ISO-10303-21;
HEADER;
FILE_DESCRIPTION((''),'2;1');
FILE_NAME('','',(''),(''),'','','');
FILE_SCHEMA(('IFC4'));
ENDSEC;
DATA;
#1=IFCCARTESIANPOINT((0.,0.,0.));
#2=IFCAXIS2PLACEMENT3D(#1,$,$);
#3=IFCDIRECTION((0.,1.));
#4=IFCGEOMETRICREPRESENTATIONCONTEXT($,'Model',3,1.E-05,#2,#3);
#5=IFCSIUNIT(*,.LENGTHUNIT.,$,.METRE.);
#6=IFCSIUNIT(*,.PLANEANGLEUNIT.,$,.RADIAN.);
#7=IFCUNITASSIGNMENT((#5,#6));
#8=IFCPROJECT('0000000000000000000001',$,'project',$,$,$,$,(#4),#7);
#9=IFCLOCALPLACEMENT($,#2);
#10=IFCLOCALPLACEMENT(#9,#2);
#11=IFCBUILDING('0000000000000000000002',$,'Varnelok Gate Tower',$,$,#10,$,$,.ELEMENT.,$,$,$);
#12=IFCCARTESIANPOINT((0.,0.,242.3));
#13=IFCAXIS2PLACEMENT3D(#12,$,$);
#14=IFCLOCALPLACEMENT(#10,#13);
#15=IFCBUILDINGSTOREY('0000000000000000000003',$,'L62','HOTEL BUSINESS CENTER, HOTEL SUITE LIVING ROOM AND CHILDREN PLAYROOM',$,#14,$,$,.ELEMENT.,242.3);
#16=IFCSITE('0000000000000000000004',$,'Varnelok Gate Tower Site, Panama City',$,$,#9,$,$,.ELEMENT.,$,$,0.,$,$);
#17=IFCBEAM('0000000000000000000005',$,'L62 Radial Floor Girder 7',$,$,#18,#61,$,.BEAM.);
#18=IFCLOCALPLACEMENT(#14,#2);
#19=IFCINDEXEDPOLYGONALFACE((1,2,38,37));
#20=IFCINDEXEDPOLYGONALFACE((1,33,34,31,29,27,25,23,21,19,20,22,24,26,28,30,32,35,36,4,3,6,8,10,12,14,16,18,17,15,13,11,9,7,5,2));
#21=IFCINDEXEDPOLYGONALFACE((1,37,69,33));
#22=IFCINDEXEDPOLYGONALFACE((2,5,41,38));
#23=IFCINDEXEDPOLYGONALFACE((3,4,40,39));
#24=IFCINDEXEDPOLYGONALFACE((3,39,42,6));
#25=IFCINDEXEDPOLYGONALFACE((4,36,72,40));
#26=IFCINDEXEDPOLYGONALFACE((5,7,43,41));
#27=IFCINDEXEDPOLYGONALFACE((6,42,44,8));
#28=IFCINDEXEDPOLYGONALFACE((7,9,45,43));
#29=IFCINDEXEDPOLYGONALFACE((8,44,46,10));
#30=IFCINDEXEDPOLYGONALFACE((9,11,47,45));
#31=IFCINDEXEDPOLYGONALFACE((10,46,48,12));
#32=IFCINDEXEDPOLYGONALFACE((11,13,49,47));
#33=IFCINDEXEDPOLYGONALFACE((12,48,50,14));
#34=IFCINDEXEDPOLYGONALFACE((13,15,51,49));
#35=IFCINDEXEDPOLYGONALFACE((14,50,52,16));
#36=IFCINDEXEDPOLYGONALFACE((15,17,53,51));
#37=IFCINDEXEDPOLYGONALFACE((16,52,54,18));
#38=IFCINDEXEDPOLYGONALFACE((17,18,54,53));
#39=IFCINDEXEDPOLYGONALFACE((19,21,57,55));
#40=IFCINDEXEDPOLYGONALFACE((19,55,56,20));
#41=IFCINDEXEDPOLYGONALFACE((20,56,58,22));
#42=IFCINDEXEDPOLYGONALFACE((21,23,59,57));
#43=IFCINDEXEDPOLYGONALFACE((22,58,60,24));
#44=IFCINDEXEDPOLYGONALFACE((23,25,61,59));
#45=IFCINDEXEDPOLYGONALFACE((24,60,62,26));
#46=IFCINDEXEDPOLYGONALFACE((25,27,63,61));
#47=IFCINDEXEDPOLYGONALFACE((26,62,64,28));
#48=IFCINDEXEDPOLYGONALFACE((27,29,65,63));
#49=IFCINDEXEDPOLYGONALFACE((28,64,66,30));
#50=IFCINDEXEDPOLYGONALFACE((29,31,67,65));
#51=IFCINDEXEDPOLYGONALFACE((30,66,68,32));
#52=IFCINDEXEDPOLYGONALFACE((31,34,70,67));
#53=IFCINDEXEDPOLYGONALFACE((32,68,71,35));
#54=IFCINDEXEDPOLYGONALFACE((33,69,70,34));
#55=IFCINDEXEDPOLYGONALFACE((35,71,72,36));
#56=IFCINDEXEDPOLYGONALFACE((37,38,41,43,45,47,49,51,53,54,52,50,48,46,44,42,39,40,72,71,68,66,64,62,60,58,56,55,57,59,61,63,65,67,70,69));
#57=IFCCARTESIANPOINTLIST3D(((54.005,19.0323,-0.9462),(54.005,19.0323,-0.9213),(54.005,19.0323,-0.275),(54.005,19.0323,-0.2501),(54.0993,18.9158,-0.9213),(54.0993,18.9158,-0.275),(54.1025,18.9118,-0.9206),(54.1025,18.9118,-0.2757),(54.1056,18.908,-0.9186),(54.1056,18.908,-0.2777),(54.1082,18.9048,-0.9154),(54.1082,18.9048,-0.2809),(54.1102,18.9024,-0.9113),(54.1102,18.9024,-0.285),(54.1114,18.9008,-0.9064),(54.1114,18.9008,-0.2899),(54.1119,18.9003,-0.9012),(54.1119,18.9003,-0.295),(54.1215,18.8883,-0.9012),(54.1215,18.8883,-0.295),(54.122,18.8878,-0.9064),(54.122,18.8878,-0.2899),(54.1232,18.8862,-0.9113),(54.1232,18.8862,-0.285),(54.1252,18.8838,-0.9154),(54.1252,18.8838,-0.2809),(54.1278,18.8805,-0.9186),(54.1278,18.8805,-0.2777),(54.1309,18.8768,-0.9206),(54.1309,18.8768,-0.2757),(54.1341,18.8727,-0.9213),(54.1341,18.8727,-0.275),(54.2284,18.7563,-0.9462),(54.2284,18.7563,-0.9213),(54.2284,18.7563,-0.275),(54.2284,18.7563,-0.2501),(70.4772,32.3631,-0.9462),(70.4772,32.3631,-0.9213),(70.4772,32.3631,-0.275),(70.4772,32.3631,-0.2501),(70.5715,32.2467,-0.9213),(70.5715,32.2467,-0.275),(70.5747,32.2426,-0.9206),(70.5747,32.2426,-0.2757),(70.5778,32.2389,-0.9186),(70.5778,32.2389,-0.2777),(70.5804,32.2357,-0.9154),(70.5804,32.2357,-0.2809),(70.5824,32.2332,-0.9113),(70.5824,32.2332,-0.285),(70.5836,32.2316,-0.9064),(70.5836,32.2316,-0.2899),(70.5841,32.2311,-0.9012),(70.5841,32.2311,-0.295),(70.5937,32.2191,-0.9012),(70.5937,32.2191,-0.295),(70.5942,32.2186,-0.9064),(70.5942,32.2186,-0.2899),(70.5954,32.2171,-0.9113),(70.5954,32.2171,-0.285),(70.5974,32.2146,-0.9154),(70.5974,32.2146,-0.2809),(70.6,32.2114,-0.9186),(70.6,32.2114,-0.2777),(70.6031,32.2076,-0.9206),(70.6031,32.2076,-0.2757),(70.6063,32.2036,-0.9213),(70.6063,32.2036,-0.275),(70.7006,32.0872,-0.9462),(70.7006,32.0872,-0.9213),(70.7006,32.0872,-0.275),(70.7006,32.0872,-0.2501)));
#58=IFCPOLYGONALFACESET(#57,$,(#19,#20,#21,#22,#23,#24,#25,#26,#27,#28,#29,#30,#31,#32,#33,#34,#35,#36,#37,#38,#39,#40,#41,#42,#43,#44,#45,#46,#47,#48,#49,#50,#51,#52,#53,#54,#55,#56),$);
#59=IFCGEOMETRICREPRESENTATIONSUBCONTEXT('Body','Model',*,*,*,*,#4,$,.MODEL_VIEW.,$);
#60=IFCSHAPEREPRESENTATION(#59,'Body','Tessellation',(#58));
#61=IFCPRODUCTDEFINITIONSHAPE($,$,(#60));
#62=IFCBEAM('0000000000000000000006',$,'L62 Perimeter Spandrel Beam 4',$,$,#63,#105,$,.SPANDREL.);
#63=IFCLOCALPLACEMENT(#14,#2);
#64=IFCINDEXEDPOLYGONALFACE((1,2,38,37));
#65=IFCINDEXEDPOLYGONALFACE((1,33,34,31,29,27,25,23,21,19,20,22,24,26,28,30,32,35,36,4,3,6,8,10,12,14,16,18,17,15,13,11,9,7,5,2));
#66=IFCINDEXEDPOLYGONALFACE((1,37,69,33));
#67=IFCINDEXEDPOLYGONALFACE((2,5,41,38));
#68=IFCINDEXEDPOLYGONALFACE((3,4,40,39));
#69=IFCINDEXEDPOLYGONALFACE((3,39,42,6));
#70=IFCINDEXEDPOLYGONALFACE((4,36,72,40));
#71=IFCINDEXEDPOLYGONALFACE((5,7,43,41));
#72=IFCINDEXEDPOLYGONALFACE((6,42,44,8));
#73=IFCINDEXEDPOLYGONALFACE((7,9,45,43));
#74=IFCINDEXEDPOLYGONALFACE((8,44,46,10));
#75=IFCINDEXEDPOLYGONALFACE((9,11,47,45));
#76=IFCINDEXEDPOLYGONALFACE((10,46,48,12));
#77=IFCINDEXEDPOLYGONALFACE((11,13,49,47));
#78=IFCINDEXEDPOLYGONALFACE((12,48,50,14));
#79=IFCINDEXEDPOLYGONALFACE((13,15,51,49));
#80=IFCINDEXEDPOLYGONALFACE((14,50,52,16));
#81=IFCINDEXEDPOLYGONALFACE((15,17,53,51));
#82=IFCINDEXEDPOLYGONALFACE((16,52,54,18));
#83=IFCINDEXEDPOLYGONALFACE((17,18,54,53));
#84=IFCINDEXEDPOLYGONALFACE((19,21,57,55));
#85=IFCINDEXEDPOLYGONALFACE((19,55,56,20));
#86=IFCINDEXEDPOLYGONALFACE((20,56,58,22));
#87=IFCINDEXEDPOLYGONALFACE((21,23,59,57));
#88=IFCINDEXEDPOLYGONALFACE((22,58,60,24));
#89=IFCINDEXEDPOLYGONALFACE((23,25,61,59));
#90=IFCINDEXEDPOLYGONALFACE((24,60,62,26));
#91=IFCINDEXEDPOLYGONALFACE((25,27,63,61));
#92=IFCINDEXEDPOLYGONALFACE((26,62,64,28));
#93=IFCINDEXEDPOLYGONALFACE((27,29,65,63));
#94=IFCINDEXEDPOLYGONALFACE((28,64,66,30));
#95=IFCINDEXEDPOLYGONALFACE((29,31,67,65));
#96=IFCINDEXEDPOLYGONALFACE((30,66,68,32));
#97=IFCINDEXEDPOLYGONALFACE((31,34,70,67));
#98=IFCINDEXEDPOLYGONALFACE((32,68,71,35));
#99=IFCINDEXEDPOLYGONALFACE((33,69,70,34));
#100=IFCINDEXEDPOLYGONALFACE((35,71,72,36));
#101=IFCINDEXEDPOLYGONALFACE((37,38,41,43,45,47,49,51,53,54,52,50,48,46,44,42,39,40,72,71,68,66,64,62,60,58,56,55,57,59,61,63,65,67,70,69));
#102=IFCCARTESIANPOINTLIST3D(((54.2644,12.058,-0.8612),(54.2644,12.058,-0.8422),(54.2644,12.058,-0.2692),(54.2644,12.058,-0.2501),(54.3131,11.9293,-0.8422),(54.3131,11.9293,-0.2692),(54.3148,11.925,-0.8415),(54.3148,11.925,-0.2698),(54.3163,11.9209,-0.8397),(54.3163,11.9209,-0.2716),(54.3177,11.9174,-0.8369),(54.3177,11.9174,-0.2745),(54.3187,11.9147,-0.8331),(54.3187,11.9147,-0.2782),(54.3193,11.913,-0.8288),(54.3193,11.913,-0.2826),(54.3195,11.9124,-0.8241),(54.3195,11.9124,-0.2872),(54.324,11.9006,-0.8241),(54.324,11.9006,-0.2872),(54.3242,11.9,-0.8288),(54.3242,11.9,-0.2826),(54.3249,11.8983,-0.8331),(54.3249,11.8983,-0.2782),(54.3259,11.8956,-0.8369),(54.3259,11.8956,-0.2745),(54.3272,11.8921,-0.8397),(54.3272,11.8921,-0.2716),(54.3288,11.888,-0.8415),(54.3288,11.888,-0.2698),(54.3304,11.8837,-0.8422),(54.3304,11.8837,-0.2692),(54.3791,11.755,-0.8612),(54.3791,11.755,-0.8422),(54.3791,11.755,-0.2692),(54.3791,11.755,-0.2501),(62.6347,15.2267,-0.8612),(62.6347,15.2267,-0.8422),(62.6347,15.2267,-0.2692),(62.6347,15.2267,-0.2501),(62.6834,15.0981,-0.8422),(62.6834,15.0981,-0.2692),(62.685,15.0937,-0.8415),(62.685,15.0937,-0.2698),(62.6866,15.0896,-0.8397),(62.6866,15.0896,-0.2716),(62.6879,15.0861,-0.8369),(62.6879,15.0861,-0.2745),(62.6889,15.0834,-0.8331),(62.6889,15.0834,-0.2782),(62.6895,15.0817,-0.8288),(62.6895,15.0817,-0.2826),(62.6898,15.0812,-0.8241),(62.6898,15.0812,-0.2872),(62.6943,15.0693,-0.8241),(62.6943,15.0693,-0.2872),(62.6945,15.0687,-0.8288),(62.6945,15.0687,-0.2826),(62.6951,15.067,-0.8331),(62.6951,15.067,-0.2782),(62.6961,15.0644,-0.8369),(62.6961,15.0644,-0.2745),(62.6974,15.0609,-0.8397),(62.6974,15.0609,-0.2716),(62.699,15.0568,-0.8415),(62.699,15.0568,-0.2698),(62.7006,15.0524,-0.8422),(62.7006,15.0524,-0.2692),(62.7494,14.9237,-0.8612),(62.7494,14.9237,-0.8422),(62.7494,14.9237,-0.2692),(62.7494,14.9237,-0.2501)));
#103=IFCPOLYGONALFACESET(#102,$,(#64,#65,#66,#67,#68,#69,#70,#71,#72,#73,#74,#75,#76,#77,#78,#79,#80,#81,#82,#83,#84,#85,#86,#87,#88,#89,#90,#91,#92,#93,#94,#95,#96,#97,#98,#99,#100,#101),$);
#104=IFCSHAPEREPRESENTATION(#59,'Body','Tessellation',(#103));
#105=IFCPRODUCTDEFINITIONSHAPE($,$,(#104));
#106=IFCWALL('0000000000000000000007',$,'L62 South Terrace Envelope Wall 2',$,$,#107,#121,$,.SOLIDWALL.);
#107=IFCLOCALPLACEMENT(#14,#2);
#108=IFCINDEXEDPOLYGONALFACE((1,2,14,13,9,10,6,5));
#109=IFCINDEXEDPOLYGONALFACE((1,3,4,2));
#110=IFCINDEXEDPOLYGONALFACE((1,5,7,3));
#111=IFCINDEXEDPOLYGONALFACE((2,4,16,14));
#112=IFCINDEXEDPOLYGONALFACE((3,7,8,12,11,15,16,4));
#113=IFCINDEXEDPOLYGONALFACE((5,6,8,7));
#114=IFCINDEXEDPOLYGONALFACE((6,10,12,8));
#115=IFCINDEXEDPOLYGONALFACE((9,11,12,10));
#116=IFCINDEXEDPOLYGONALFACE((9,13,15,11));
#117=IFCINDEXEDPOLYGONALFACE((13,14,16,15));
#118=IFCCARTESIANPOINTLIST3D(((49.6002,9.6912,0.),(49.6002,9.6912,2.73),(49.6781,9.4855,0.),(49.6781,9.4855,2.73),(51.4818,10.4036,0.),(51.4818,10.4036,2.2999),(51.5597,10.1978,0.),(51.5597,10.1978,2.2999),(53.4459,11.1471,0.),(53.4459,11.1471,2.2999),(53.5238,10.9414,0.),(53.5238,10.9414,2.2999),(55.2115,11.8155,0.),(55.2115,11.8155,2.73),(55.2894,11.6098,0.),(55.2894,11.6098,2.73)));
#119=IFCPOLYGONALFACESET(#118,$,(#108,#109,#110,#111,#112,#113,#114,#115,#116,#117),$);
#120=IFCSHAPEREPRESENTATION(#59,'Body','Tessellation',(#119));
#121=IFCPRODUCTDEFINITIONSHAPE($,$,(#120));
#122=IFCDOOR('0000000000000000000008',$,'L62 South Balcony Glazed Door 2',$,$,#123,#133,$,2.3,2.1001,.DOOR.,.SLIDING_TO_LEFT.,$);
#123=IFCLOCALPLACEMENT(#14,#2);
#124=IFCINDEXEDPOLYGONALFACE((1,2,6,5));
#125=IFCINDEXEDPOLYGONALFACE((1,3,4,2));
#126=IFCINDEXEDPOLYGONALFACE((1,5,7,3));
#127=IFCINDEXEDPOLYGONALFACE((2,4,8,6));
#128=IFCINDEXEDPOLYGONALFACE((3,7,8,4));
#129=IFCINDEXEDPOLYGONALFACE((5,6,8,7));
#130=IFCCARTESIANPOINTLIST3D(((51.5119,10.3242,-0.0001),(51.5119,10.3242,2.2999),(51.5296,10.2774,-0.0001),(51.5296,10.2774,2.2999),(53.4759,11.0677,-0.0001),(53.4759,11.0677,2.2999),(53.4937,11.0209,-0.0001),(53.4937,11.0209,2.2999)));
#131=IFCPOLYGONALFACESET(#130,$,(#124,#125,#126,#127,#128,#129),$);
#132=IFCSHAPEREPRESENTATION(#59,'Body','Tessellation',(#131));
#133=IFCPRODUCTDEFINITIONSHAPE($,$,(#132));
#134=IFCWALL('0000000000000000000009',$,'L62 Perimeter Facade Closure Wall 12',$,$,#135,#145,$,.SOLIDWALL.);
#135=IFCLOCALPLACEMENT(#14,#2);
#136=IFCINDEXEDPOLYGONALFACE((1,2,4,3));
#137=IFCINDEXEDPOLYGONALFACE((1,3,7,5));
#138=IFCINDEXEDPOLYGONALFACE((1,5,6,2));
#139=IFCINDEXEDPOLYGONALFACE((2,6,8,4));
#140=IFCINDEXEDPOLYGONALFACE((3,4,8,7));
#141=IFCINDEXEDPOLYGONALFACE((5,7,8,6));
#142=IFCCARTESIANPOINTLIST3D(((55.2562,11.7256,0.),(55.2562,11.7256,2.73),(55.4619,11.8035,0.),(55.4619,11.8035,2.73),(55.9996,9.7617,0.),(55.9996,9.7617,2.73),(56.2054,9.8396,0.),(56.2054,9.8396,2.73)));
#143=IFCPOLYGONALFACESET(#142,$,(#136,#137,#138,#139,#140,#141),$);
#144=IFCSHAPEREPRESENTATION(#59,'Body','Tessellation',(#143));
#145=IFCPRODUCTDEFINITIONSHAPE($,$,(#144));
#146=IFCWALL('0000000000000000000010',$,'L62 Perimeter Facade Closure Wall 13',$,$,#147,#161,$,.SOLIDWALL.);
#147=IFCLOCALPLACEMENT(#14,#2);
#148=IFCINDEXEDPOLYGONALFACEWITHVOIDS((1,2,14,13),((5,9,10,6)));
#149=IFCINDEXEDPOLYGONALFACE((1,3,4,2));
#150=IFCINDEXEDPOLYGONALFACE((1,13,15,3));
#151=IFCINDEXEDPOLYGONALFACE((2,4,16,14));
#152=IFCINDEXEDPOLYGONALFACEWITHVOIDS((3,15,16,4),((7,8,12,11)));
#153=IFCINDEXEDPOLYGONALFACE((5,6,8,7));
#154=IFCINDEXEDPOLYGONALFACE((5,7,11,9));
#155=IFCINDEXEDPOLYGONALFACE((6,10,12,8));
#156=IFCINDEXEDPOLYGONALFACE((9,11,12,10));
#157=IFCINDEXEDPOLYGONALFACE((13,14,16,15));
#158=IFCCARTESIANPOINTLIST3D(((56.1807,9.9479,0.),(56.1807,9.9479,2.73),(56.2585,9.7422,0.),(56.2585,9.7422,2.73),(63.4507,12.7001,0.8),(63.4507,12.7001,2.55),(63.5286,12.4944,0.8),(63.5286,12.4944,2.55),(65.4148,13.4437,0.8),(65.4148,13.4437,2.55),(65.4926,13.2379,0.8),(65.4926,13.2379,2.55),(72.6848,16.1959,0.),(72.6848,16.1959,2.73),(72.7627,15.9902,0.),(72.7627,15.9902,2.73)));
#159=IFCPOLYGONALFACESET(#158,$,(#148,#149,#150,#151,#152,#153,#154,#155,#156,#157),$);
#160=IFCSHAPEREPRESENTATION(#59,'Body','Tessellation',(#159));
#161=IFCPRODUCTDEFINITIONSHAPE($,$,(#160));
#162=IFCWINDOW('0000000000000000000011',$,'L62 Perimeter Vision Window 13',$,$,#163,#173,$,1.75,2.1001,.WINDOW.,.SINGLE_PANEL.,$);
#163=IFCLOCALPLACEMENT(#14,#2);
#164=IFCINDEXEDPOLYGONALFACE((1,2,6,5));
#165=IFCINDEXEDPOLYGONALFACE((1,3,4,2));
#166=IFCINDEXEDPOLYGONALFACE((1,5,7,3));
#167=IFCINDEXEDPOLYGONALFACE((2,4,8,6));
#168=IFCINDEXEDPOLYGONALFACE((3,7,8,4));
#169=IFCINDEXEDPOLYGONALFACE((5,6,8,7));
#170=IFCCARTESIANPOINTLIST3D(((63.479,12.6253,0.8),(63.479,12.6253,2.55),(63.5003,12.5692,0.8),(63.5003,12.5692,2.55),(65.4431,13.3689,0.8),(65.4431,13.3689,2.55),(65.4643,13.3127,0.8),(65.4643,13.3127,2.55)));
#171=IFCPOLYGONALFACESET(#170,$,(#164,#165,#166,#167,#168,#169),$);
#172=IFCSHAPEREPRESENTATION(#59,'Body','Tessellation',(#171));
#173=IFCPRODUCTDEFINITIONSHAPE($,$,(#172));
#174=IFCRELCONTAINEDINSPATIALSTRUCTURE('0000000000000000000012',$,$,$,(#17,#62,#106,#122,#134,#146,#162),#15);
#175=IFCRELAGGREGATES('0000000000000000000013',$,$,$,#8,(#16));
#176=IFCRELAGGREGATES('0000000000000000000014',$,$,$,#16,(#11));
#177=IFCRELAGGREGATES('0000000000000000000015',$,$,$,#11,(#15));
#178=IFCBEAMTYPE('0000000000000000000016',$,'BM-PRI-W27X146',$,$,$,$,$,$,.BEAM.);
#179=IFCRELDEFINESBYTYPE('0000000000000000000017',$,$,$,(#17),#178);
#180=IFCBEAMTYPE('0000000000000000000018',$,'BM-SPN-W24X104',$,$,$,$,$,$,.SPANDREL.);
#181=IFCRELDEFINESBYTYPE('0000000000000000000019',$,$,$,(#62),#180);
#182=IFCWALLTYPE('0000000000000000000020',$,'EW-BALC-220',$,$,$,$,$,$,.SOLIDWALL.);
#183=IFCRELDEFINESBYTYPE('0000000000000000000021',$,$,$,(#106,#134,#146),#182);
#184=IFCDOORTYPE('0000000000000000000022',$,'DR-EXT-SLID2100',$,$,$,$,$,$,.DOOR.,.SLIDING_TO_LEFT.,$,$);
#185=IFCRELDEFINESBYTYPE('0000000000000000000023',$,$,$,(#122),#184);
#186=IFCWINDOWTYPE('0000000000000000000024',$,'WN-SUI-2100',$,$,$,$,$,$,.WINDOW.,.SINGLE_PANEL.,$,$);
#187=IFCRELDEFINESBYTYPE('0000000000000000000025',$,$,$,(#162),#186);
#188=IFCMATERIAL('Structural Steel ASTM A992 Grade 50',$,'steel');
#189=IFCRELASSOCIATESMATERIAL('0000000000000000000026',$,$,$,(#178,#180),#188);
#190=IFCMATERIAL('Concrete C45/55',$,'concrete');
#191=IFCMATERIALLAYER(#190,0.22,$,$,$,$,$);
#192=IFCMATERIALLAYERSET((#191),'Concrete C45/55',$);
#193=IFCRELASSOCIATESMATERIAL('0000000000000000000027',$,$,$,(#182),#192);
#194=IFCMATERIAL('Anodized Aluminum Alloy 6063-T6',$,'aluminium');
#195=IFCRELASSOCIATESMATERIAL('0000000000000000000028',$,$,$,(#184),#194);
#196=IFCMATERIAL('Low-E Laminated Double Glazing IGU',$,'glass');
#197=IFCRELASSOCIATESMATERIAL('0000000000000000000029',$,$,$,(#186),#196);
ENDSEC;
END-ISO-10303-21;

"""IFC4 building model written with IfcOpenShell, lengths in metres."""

from ifc_helpers import new_model, si_unit, direction, frame, frame_2d, origin, origin_2d, place, context, subcontext, project, spatial, rectangle, i_section, extrude, material, layer, layer_set, material_profile, profile_set, type_object, element, fill, save


model = new_model("IFC4")

# Units and contexts
model_context = context("Model", 3, precision=1e-05, world=origin(), true_north=direction((0.0, 1.0)))
body_context = subcontext(model_context, "Body", "Model", "MODEL_VIEW")
ifc_project = project(units=[si_unit("LENGTHUNIT", "METRE"), si_unit("PLANEANGLEUNIT", "RADIAN")], contexts=[model_context])

# Site, building, storey
site_placement = place(None, origin())
site = spatial("IfcSite", under=ifc_project, at=site_placement, Name="Varnelok Gate Tower Site, Panama City", CompositionType="ELEMENT", RefElevation=0.0)
building_placement = place(site_placement, origin())
building = spatial("IfcBuilding", under=site, at=building_placement, Name="Varnelok Gate Tower", CompositionType="ELEMENT")
storey_placement = place(building_placement, frame((0.0, 0.0, 242.3)))
storey = spatial("IfcBuildingStorey", under=building, at=storey_placement, Name="L62", Description="HOTEL BUSINESS CENTER, HOTEL SUITE LIVING ROOM AND CHILDREN PLAYROOM", CompositionType="ELEMENT", Elevation=242.3)

# Shared definitions
ifc_material_1 = material(Name="Structural Steel ASTM A992 Grade 50", Category="steel")

# Beams
ifc_material_profile_1 = material_profile(ifc_material_1, i_section(OverallWidth=0.355, OverallDepth=0.696, WebThickness=0.0154, FlangeThickness=0.0249, FilletRadius=0.02, at=origin_2d()), Name="W27X146")
ifc_profile_set_1 = profile_set([ifc_material_profile_1], Name="Structural Steel ASTM A992 Grade 50")
beam_type_1 = type_object("IfcBeamType", Name="BM-PRI-W27X146", PredefinedType="BEAM", material=ifc_profile_set_1)
beam_1_placement = place(storey_placement, frame((54.1167, 18.8943, -0.5981), z_axis=(0.777333, 0.62909, 0.0), x_axis=(-0.62909, 0.777333, 0.0)))
element("IfcBeam", 1, at=beam_1_placement, inside=storey, type_object=beam_type_1, Name="L62 Radial Floor Girder 7", PredefinedType="BEAM", context=body_context, shape_type="SweptSolid", body=[
    extrude(i_section(OverallWidth=0.355, OverallDepth=0.696, WebThickness=0.0154, FlangeThickness=0.0249, FilletRadius=0.02, at=origin_2d()), origin(), (0.0, 0.0, 1.0), 21.1907),
])
ifc_material_profile_2 = material_profile(ifc_material_1, i_section(OverallWidth=0.324, OverallDepth=0.6111, WebThickness=0.0127, FlangeThickness=0.019, FilletRadius=0.0181, at=origin_2d()), Name="W24X104")
ifc_profile_set_2 = profile_set([ifc_material_profile_2], Name="Structural Steel ASTM A992 Grade 50")
beam_type_2 = type_object("IfcBeamType", Name="BM-SPN-W24X104", PredefinedType="SPANDREL", material=ifc_profile_set_2)
beam_2_placement = place(storey_placement, frame((54.3218, 11.9065, -0.5557), z_axis=(0.935226, 0.354051, 0.0), x_axis=(-0.354051, 0.935226, 0.0)))
element("IfcBeam", 2, at=beam_2_placement, inside=storey, type_object=beam_type_2, Name="L62 Perimeter Spandrel Beam 4", PredefinedType="SPANDREL", context=body_context, shape_type="SweptSolid", body=[
    extrude(i_section(OverallWidth=0.324, OverallDepth=0.6111, WebThickness=0.0127, FlangeThickness=0.019, FilletRadius=0.0181, at=origin_2d()), origin(), (0.0, 0.0, 1.0), 8.95),
])

# Wall, opening, door
ifc_material_2 = material(Name="Concrete C45/55", Category="concrete")
ifc_layer_1 = layer(ifc_material_2, 0.22)
ifc_layer_set_1 = layer_set([ifc_layer_1], Name="Concrete C45/55")
wall_type_1 = type_object("IfcWallType", Name="EW-BALC-220", PredefinedType="SOLIDWALL", material=ifc_layer_set_1)
wall_1_placement = place(storey_placement, frame((55.2505, 11.7126, 0.0), z_axis=(0.0, 0.0, 1.0), x_axis=(-0.935228, -0.354047, 0.0)))
wall_1 = element("IfcWall", 3, at=wall_1_placement, inside=storey, type_object=wall_type_1, Name="L62 South Terrace Envelope Wall 2", PredefinedType="SOLIDWALL", context=body_context, shape_type="SweptSolid", body=[
    extrude(rectangle(XDim=6.0, YDim=0.22, at=frame_2d((3.0, 0.0))), origin(), (0.0, 0.0, 1.0), 2.73),
])
opening_1_placement = place(wall_1_placement, frame((1.8879, 0.0, 0.0)))
opening_1 = element("IfcOpeningElement", 4, at=opening_1_placement, cuts=wall_1, PredefinedType="OPENING", context=body_context, shape_type="SweptSolid", body=[
    extrude(rectangle(XDim=2.1001, YDim=2.3, at=frame_2d((1.05, 1.1499))), frame((0.0, 0.1199, 0.0), z_axis=(0.0, -1.0, 0.0), x_axis=(1.0, 0.0, 0.0)), (0.0, 0.0, 1.0), 0.24),
])
ifc_material_3 = material(Name="Anodized Aluminum Alloy 6063-T6", Category="aluminium")
door_type_1 = type_object("IfcDoorType", Name="DR-EXT-SLID2100", OperationType="SLIDING_TO_LEFT", PredefinedType="DOOR", material=ifc_material_3)
door_1_placement = place(opening_1_placement, origin())
door_1 = element("IfcDoor", 5, at=door_1_placement, inside=storey, type_object=door_type_1, Name="L62 South Balcony Glazed Door 2", OperationType="SLIDING_TO_LEFT", OverallHeight=2.3, OverallWidth=2.1001, PredefinedType="DOOR", context=body_context, shape_type="SweptSolid", body=[
    extrude(rectangle(XDim=2.1001, YDim=2.3, at=frame_2d((1.05, 1.1499))), frame((0.0, 0.0249, 0.0), z_axis=(0.0, -1.0, 0.0), x_axis=(1.0, 0.0, 0.0)), (0.0, 0.0, 1.0), 0.05),
])
fill(opening_1, door_1)

# Wall
wall_2_placement = place(storey_placement, frame((55.3591, 11.7644, 0.0), z_axis=(0.0, 0.0, 1.0), x_axis=(0.354027, -0.935235, 0.0)))
element("IfcWall", 6, at=wall_2_placement, inside=storey, type_object=wall_type_1, Name="L62 Perimeter Facade Closure Wall 12", PredefinedType="SOLIDWALL", context=body_context, shape_type="SweptSolid", body=[
    extrude(rectangle(XDim=2.0999, YDim=0.22, at=frame_2d((1.0498, 0.0))), origin(), (0.0, 0.0, 1.0), 2.73),
])

# Wall, opening, window
wall_3_placement = place(storey_placement, frame((56.2195, 9.845, 0.0), z_axis=(0.0, 0.0, 1.0), x_axis=(0.935226, 0.354052, 0.0)))
wall_3 = element("IfcWall", 7, at=wall_3_placement, inside=storey, type_object=wall_type_1, Name="L62 Perimeter Facade Closure Wall 13", PredefinedType="SOLIDWALL", context=body_context, shape_type="SweptSolid", body=[
    extrude(rectangle(XDim=17.6472, YDim=0.22, at=frame_2d((8.8237, 0.0))), origin(), (0.0, 0.0, 1.0), 2.73),
])
opening_2_placement = place(wall_3_placement, frame((7.7737, 0.0, 0.8)))
opening_2 = element("IfcOpeningElement", 8, at=opening_2_placement, cuts=wall_3, PredefinedType="OPENING", context=body_context, shape_type="SweptSolid", body=[
    extrude(rectangle(XDim=2.1001, YDim=1.75, at=frame_2d((1.05, 0.875))), frame((0.0, 0.1199, 0.0), z_axis=(0.0, -1.0, 0.0), x_axis=(1.0, 0.0, 0.0)), (0.0, 0.0, 1.0), 0.24),
])
ifc_material_4 = material(Name="Low-E Laminated Double Glazing IGU", Category="glass")
window_type = type_object("IfcWindowType", Name="WN-SUI-2100", PartitioningType="SINGLE_PANEL", PredefinedType="WINDOW", material=ifc_material_4)
window_placement = place(opening_2_placement, origin())
window = element("IfcWindow", 9, at=window_placement, inside=storey, type_object=window_type, Name="L62 Perimeter Vision Window 13", OverallHeight=1.75, OverallWidth=2.1001, PartitioningType="SINGLE_PANEL", PredefinedType="WINDOW", context=body_context, shape_type="SweptSolid", body=[
    extrude(rectangle(XDim=2.1001, YDim=1.75, at=frame_2d((1.05, 0.875))), frame((0.0, 0.03, 0.0), z_axis=(0.0, -1.0, 0.0), x_axis=(1.0, 0.0, 0.0)), (0.0, 0.0, 1.0), 0.0601),
])
fill(opening_2, window)

save(model, "model.ifc")
